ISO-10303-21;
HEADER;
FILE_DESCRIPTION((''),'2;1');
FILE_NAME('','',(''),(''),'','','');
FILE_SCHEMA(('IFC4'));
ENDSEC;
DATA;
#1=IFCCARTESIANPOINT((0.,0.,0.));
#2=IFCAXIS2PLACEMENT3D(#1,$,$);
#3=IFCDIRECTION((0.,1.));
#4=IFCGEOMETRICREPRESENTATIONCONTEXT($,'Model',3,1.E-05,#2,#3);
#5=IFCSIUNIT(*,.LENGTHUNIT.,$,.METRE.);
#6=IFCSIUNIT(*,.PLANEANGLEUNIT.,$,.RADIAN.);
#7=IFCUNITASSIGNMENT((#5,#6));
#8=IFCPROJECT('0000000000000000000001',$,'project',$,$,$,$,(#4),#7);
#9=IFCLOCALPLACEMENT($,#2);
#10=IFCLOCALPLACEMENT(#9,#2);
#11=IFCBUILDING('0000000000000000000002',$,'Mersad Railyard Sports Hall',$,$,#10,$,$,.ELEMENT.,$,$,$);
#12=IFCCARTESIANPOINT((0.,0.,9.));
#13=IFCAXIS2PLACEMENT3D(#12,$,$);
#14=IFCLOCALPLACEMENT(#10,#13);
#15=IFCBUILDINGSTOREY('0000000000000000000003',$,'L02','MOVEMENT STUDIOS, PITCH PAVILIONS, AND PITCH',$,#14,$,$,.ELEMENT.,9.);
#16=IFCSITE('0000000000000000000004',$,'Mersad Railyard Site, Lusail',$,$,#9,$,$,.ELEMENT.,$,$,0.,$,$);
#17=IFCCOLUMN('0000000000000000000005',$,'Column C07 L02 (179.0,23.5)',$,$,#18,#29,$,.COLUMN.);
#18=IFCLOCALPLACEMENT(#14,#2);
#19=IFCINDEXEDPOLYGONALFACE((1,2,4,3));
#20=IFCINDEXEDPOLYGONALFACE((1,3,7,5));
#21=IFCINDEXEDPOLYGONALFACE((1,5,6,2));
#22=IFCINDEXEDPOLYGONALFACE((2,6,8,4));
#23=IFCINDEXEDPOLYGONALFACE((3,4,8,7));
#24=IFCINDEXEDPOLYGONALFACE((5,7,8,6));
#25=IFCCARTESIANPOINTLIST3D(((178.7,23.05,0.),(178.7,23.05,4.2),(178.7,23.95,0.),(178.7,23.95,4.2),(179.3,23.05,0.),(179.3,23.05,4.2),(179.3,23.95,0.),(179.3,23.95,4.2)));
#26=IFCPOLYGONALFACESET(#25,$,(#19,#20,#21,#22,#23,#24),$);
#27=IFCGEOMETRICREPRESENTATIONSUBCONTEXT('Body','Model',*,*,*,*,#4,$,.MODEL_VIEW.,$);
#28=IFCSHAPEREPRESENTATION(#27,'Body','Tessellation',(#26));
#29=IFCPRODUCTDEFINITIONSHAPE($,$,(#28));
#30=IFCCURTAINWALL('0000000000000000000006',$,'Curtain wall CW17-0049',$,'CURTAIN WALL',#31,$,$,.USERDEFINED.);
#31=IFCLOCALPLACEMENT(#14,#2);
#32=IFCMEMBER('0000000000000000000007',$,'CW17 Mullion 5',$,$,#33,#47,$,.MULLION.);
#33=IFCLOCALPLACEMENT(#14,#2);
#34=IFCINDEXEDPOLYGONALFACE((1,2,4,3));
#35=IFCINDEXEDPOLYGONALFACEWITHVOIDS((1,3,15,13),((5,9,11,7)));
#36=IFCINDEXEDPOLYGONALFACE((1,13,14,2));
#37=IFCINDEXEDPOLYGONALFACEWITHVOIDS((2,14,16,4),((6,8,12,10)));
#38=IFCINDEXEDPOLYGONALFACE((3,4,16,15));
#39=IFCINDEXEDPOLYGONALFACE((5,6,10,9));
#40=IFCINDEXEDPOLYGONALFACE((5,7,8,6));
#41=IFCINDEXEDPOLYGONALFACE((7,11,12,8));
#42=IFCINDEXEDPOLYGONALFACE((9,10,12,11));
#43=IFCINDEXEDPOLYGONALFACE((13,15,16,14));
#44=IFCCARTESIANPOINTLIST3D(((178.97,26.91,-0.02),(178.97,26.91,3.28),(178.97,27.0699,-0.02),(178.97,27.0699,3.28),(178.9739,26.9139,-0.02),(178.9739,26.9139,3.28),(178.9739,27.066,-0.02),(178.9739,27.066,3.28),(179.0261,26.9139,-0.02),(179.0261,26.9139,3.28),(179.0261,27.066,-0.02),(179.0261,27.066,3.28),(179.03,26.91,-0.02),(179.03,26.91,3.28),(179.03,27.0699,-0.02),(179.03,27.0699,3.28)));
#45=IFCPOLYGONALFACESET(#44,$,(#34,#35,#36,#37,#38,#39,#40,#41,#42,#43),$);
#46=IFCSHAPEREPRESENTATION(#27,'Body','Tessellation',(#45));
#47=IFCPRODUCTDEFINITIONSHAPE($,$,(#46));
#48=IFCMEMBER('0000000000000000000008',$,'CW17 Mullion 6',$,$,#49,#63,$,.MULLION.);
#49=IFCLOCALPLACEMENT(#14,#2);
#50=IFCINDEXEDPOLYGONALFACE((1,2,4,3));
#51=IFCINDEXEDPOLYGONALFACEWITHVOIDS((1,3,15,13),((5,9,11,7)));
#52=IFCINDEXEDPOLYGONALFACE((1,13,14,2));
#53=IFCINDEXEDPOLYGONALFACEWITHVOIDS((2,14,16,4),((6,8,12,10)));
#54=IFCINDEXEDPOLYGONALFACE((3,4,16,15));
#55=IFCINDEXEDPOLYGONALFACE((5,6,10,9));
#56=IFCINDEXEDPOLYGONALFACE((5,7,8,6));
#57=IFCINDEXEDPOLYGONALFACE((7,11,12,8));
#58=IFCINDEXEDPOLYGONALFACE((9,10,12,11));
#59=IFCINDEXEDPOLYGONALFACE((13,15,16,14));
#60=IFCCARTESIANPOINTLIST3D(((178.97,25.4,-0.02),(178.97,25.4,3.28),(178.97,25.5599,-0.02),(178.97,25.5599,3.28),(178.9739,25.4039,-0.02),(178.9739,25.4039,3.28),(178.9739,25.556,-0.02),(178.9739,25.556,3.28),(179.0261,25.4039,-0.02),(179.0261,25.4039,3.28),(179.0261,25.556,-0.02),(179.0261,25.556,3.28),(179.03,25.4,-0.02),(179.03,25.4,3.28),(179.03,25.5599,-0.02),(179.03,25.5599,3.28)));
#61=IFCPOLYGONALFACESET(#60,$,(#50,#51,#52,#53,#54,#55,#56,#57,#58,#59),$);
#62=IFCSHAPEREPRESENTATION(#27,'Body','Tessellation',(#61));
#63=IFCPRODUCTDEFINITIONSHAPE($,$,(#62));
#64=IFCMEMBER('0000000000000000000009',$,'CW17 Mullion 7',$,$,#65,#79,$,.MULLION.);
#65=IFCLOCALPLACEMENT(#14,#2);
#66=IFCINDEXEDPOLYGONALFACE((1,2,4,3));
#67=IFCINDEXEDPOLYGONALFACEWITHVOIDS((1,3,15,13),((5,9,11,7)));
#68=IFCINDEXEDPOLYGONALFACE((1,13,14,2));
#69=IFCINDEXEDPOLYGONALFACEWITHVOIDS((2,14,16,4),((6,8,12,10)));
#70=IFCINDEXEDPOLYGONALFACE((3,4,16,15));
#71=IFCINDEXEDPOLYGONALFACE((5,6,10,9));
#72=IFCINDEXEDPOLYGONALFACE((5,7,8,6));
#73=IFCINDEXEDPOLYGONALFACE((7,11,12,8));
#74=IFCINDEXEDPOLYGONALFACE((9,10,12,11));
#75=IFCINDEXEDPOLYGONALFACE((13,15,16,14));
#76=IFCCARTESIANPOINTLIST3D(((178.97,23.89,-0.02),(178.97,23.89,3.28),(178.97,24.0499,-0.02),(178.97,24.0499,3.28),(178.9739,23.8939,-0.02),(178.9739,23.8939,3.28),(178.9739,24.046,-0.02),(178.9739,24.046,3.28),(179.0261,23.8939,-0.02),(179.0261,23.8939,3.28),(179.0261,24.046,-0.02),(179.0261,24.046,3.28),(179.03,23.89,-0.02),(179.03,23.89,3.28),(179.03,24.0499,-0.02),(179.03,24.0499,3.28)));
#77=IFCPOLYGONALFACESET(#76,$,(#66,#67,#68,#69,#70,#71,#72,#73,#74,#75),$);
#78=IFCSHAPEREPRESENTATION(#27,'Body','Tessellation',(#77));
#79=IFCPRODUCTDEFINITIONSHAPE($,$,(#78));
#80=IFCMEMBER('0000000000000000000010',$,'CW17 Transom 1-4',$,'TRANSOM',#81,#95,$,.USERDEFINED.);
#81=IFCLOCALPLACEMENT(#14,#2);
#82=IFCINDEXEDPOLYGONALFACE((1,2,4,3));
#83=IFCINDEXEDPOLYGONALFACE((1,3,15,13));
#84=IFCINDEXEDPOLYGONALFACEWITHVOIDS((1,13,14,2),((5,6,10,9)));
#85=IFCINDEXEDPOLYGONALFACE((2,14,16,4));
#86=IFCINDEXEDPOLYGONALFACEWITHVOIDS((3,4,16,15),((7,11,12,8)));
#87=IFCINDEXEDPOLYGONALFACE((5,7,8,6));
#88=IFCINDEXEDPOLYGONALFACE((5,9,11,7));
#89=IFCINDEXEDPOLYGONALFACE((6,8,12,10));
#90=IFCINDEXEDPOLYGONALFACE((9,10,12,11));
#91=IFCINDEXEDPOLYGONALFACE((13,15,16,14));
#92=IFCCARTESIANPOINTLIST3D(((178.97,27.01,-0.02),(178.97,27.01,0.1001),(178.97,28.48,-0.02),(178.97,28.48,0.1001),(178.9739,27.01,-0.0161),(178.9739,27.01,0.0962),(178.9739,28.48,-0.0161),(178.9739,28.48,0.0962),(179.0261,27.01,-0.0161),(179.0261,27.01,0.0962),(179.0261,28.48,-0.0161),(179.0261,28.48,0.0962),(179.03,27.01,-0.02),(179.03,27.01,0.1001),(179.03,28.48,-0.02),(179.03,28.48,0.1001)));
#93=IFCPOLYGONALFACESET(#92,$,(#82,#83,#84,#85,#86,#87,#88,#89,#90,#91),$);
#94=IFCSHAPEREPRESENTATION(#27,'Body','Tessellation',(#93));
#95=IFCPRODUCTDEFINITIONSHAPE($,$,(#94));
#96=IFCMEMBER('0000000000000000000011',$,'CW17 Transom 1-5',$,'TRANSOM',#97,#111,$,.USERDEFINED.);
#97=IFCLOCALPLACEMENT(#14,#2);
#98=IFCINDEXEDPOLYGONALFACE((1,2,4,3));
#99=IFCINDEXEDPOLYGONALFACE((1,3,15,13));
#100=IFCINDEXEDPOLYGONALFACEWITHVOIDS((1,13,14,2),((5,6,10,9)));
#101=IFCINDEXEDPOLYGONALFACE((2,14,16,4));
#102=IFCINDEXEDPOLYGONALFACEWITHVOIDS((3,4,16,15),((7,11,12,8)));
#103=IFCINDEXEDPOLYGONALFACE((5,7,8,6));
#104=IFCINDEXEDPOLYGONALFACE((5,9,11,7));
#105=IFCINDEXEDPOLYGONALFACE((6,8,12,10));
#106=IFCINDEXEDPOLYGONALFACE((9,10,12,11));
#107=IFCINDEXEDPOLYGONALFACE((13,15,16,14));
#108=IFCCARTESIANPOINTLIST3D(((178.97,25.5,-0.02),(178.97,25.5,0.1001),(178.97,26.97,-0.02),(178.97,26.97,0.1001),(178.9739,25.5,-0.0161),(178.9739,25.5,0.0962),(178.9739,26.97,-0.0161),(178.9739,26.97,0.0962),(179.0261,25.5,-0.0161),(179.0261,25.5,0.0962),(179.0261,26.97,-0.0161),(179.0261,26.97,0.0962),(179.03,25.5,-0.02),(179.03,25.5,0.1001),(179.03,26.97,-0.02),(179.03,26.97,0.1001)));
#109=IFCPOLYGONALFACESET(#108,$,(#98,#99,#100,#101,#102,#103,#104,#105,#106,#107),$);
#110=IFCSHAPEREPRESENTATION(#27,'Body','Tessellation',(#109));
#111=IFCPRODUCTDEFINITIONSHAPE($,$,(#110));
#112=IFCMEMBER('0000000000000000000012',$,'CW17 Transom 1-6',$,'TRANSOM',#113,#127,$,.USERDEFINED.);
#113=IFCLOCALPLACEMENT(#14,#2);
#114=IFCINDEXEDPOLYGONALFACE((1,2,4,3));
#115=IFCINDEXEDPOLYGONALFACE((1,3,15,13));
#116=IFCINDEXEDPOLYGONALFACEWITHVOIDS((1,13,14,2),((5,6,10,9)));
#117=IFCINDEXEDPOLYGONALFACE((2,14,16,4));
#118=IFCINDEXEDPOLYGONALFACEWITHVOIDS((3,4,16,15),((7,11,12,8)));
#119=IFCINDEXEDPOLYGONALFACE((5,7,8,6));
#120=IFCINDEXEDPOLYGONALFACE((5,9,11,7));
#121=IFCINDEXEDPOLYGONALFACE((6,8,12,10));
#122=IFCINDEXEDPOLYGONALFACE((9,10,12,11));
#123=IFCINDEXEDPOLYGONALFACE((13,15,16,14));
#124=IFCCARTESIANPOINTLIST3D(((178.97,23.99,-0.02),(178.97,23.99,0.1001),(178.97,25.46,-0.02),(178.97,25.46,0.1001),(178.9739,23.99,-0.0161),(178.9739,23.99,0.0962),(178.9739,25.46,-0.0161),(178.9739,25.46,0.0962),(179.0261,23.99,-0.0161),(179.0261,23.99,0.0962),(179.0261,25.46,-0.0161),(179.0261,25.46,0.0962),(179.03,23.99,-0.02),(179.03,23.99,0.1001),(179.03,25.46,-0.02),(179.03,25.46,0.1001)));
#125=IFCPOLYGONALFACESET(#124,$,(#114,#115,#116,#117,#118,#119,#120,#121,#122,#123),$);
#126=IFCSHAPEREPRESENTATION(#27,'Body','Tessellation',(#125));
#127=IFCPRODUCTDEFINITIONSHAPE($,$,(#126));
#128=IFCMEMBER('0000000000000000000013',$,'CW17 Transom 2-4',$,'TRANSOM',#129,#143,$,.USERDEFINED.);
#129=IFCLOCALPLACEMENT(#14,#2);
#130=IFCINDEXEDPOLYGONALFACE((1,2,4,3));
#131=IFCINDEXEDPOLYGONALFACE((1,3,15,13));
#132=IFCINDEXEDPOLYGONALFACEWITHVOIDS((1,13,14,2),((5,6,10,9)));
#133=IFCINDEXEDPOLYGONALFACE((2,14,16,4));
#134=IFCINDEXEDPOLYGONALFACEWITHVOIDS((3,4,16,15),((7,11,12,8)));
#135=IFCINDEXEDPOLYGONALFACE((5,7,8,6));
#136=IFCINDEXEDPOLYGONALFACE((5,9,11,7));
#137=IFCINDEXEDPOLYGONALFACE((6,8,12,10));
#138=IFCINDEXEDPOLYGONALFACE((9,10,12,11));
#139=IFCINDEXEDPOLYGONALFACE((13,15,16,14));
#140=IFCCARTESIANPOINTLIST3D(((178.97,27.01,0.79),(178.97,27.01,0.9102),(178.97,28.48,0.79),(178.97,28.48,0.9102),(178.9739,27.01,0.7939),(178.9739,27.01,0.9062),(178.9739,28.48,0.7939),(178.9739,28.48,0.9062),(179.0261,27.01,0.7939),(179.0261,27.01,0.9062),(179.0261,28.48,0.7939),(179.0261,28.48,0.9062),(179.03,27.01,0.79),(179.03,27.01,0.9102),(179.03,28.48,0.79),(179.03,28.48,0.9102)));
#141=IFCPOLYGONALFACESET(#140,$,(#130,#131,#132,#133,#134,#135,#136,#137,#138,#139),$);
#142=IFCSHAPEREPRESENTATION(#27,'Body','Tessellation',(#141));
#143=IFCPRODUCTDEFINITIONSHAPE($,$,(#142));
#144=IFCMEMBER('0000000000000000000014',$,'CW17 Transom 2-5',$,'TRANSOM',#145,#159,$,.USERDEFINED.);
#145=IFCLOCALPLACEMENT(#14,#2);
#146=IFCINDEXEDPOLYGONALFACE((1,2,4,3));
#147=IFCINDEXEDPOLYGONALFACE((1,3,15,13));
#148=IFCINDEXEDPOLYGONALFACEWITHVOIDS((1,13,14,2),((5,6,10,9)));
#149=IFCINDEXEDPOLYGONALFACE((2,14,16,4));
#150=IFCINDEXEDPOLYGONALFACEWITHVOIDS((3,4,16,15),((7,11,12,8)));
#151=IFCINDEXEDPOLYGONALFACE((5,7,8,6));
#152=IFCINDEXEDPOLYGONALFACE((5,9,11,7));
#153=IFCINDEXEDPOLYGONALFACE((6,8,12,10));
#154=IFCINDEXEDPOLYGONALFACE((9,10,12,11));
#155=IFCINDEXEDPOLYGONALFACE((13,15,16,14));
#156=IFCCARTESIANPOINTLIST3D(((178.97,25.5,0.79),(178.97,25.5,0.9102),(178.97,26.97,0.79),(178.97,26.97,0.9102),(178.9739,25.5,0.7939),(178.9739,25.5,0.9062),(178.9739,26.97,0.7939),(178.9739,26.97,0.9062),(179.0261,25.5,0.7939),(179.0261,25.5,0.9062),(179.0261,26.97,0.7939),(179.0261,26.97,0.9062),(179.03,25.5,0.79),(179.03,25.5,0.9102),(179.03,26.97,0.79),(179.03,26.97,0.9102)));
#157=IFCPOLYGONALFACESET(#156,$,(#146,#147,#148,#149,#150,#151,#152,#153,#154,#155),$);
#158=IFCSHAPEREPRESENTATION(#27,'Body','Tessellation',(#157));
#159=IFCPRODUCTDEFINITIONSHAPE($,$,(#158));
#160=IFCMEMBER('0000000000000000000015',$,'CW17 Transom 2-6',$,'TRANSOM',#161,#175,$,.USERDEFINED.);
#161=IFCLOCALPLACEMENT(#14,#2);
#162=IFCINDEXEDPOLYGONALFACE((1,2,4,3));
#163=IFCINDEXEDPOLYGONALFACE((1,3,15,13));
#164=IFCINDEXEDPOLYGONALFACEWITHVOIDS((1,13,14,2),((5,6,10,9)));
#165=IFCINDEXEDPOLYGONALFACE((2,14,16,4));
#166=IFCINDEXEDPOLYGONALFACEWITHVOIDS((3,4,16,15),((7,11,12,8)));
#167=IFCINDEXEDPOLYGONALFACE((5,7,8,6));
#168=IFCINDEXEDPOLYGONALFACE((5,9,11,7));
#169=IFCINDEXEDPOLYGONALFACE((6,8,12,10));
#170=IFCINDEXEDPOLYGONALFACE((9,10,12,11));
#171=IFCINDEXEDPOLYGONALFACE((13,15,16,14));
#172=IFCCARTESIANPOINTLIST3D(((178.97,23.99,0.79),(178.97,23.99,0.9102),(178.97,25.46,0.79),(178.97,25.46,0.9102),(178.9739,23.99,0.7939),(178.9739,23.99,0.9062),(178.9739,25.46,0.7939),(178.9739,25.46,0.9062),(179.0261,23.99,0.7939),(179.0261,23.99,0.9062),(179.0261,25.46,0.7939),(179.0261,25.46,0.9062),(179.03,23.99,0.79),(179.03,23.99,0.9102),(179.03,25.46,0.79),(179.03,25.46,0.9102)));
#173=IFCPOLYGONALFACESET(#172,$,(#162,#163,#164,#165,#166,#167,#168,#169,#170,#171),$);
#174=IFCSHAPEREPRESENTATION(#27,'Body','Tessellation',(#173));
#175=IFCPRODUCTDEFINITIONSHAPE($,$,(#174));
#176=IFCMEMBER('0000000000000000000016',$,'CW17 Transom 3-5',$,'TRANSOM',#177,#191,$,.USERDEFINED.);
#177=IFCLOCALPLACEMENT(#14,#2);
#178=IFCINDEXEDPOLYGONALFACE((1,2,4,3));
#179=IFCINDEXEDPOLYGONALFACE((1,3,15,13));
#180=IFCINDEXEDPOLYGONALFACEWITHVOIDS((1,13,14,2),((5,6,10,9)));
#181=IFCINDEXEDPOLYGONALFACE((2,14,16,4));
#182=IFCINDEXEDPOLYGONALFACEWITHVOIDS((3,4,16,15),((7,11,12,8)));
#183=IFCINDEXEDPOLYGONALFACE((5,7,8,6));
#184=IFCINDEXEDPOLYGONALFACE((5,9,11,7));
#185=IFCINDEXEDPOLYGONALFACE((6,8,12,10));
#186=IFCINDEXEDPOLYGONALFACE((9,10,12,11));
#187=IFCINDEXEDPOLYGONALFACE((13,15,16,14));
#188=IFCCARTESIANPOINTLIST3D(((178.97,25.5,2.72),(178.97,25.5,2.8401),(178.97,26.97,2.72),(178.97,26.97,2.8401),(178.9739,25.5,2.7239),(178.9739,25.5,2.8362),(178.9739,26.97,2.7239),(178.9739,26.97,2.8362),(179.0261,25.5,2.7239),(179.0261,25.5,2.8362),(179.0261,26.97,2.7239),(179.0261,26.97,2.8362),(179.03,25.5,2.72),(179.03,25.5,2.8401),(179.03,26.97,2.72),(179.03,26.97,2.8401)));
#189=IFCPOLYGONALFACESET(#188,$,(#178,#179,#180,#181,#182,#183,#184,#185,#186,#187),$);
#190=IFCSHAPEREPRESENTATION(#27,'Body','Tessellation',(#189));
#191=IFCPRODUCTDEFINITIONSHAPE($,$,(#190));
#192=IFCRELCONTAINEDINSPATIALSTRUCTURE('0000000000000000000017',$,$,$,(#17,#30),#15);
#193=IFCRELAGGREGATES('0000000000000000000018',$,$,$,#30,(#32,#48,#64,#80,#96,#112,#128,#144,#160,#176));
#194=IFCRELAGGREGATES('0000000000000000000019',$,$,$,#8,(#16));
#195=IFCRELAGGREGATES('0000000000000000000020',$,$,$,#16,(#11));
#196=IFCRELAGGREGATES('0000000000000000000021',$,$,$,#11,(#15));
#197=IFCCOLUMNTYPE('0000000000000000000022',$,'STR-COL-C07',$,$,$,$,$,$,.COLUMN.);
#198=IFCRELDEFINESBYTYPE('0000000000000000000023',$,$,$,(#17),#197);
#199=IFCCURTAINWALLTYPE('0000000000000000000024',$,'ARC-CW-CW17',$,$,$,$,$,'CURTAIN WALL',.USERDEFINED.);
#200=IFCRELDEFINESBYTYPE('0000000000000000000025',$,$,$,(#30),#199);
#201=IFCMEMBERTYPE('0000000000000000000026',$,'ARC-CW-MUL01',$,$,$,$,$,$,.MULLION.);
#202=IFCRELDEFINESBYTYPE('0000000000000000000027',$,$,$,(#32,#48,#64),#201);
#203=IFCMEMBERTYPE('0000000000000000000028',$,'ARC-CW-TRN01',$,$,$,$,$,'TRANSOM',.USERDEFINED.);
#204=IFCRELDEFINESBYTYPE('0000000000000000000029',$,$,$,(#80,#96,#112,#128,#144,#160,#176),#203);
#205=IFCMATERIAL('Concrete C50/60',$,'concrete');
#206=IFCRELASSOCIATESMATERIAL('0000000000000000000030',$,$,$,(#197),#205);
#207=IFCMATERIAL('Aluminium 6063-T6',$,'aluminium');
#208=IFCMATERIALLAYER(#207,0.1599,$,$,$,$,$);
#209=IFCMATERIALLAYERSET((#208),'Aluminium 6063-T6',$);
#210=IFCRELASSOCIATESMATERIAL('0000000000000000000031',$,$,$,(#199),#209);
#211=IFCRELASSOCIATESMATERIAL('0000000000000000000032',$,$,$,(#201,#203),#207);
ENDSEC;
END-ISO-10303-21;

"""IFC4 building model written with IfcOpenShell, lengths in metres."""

from ifc_helpers import new_model, si_unit, direction, frame, origin, origin_2d, place, context, subcontext, project, spatial, rectangle, hollow_rectangle, extrude, material, layer, layer_set, material_profile, profile_set, type_object, element, aggregate, save


model = new_model("IFC4")

# Units and contexts
model_context = context("Model", 3, precision=1e-05, world=origin(), true_north=direction((0.0, 1.0)))
body_context = subcontext(model_context, "Body", "Model", "MODEL_VIEW")
ifc_project = project(units=[si_unit("LENGTHUNIT", "METRE"), si_unit("PLANEANGLEUNIT", "RADIAN")], contexts=[model_context])

# Site, building, storey
site_placement = place(None, origin())
site = spatial("IfcSite", under=ifc_project, at=site_placement, Name="Mersad Railyard Site, Lusail", CompositionType="ELEMENT", RefElevation=0.0)
building_placement = place(site_placement, origin())
building = spatial("IfcBuilding", under=site, at=building_placement, Name="Mersad Railyard Sports Hall", CompositionType="ELEMENT")
storey_placement = place(building_placement, frame((0.0, 0.0, 9.0)))
storey = spatial("IfcBuildingStorey", under=building, at=storey_placement, Name="L02", Description="MOVEMENT STUDIOS, PITCH PAVILIONS, AND PITCH", CompositionType="ELEMENT", Elevation=9.0)

# Column
ifc_material_1 = material(Name="Concrete C50/60", Category="concrete")
ifc_material_profile_1 = material_profile(ifc_material_1, rectangle(XDim=0.6001, YDim=0.8999, at=origin_2d()), Name="RC 600x900")
ifc_profile_set_1 = profile_set([ifc_material_profile_1], Name="Concrete C50/60")
column_type = type_object("IfcColumnType", Name="STR-COL-C07", PredefinedType="COLUMN", material=ifc_profile_set_1)
column_placement = place(storey_placement, frame((179.0, 23.5, 0.0), z_axis=(0.0, 0.0, 1.0), x_axis=(1.0, 0.0, 0.0)))
element("IfcColumn", 1, at=column_placement, inside=storey, type_object=column_type, Name="Column C07 L02 (179.0,23.5)", PredefinedType="COLUMN", context=body_context, shape_type="SweptSolid", body=[
    extrude(rectangle(XDim=0.6001, YDim=0.8999, at=origin_2d()), origin(), (0.0, 0.0, 1.0), 4.2),
])

# Curtain wall, members
ifc_material_2 = material(Name="Aluminium 6063-T6", Category="aluminium")
ifc_layer_1 = layer(ifc_material_2, 0.1599)
ifc_layer_set_1 = layer_set([ifc_layer_1], Name="Aluminium 6063-T6")
curtain_wall_type = type_object("IfcCurtainWallType", Name="ARC-CW-CW17", ElementType="CURTAIN WALL", PredefinedType="USERDEFINED", material=ifc_layer_set_1)
curtain_wall_placement = place(storey_placement, origin())
curtain_wall = element("IfcCurtainWall", 2, at=curtain_wall_placement, inside=storey, type_object=curtain_wall_type, Name="Curtain wall CW17-0049", ObjectType="CURTAIN WALL", PredefinedType="USERDEFINED")
ifc_material_profile_2 = material_profile(ifc_material_2, hollow_rectangle(XDim=0.0601, YDim=0.1599, WallThickness=0.0039, at=origin_2d()), Name="AL MULLION 60x160x4")
ifc_profile_set_2 = profile_set([ifc_material_profile_2], Name="Aluminium 6063-T6")
member_type_1 = type_object("IfcMemberType", Name="ARC-CW-MUL01", PredefinedType="MULLION", material=ifc_profile_set_2)
member_1_placement = place(storey_placement, frame((179.0, 26.99, -0.02), z_axis=(0.0, 0.0, 1.0), x_axis=(1.0, 0.0, 0.0)))
member_1 = element("IfcMember", 3, at=member_1_placement, type_object=member_type_1, Name="CW17 Mullion 5", PredefinedType="MULLION", context=body_context, shape_type="SweptSolid", body=[
    extrude(hollow_rectangle(XDim=0.0601, YDim=0.1599, WallThickness=0.0039, at=origin_2d()), origin(), (0.0, 0.0, 1.0), 3.3),
])
member_2_placement = place(storey_placement, frame((179.0, 25.48, -0.02), z_axis=(0.0, 0.0, 1.0), x_axis=(1.0, 0.0, 0.0)))
member_2 = element("IfcMember", 4, at=member_2_placement, type_object=member_type_1, Name="CW17 Mullion 6", PredefinedType="MULLION", context=body_context, shape_type="SweptSolid", body=[
    extrude(hollow_rectangle(XDim=0.0601, YDim=0.1599, WallThickness=0.0039, at=origin_2d()), origin(), (0.0, 0.0, 1.0), 3.3),
])
member_3_placement = place(storey_placement, frame((179.0, 23.97, -0.02), z_axis=(0.0, 0.0, 1.0), x_axis=(1.0, 0.0, 0.0)))
member_3 = element("IfcMember", 5, at=member_3_placement, type_object=member_type_1, Name="CW17 Mullion 7", PredefinedType="MULLION", context=body_context, shape_type="SweptSolid", body=[
    extrude(hollow_rectangle(XDim=0.0601, YDim=0.1599, WallThickness=0.0039, at=origin_2d()), origin(), (0.0, 0.0, 1.0), 3.3),
])
ifc_material_profile_3 = material_profile(ifc_material_2, hollow_rectangle(XDim=0.0601, YDim=0.1201, WallThickness=0.0039, at=origin_2d()), Name="AL TRANSOM 60x120x4")
ifc_profile_set_3 = profile_set([ifc_material_profile_3], Name="Aluminium 6063-T6")
member_type_2 = type_object("IfcMemberType", Name="ARC-CW-TRN01", ElementType="TRANSOM", PredefinedType="USERDEFINED", material=ifc_profile_set_3)
member_4_placement = place(storey_placement, frame((179.0, 28.48, 0.04), z_axis=(0.0, -1.0, 0.0), x_axis=(1.0, 0.0, 0.0)))
member_4 = element("IfcMember", 6, at=member_4_placement, type_object=member_type_2, Name="CW17 Transom 1-4", ObjectType="TRANSOM", PredefinedType="USERDEFINED", context=body_context, shape_type="SweptSolid", body=[
    extrude(hollow_rectangle(XDim=0.0601, YDim=0.1201, WallThickness=0.0039, at=origin_2d()), origin(), (0.0, 0.0, 1.0), 1.47),
])
member_5_placement = place(storey_placement, frame((179.0, 26.97, 0.04), z_axis=(0.0, -1.0, 0.0), x_axis=(1.0, 0.0, 0.0)))
member_5 = element("IfcMember", 7, at=member_5_placement, type_object=member_type_2, Name="CW17 Transom 1-5", ObjectType="TRANSOM", PredefinedType="USERDEFINED", context=body_context, shape_type="SweptSolid", body=[
    extrude(hollow_rectangle(XDim=0.0601, YDim=0.1201, WallThickness=0.0039, at=origin_2d()), origin(), (0.0, 0.0, 1.0), 1.47),
])
member_6_placement = place(storey_placement, frame((179.0, 25.46, 0.04), z_axis=(0.0, -1.0, 0.0), x_axis=(1.0, 0.0, 0.0)))
member_6 = element("IfcMember", 8, at=member_6_placement, type_object=member_type_2, Name="CW17 Transom 1-6", ObjectType="TRANSOM", PredefinedType="USERDEFINED", context=body_context, shape_type="SweptSolid", body=[
    extrude(hollow_rectangle(XDim=0.0601, YDim=0.1201, WallThickness=0.0039, at=origin_2d()), origin(), (0.0, 0.0, 1.0), 1.47),
])
member_7_placement = place(storey_placement, frame((179.0, 28.48, 0.8501), z_axis=(0.0, -1.0, 0.0), x_axis=(1.0, 0.0, 0.0)))
member_7 = element("IfcMember", 9, at=member_7_placement, type_object=member_type_2, Name="CW17 Transom 2-4", ObjectType="TRANSOM", PredefinedType="USERDEFINED", context=body_context, shape_type="SweptSolid", body=[
    extrude(hollow_rectangle(XDim=0.0601, YDim=0.1201, WallThickness=0.0039, at=origin_2d()), origin(), (0.0, 0.0, 1.0), 1.47),
])
member_8_placement = place(storey_placement, frame((179.0, 26.97, 0.8501), z_axis=(0.0, -1.0, 0.0), x_axis=(1.0, 0.0, 0.0)))
member_8 = element("IfcMember", 10, at=member_8_placement, type_object=member_type_2, Name="CW17 Transom 2-5", ObjectType="TRANSOM", PredefinedType="USERDEFINED", context=body_context, shape_type="SweptSolid", body=[
    extrude(hollow_rectangle(XDim=0.0601, YDim=0.1201, WallThickness=0.0039, at=origin_2d()), origin(), (0.0, 0.0, 1.0), 1.47),
])
member_9_placement = place(storey_placement, frame((179.0, 25.46, 0.8501), z_axis=(0.0, -1.0, 0.0), x_axis=(1.0, 0.0, 0.0)))
member_9 = element("IfcMember", 11, at=member_9_placement, type_object=member_type_2, Name="CW17 Transom 2-6", ObjectType="TRANSOM", PredefinedType="USERDEFINED", context=body_context, shape_type="SweptSolid", body=[
    extrude(hollow_rectangle(XDim=0.0601, YDim=0.1201, WallThickness=0.0039, at=origin_2d()), origin(), (0.0, 0.0, 1.0), 1.47),
])
member_10_placement = place(storey_placement, frame((179.0, 26.97, 2.78), z_axis=(0.0, -1.0, 0.0), x_axis=(1.0, 0.0, 0.0)))
member_10 = element("IfcMember", 12, at=member_10_placement, type_object=member_type_2, Name="CW17 Transom 3-5", ObjectType="TRANSOM", PredefinedType="USERDEFINED", context=body_context, shape_type="SweptSolid", body=[
    extrude(hollow_rectangle(XDim=0.0601, YDim=0.1201, WallThickness=0.0039, at=origin_2d()), origin(), (0.0, 0.0, 1.0), 1.47),
])
aggregate(curtain_wall, [member_1, member_2, member_3, member_4, member_5, member_6, member_7, member_8, member_9, member_10])

save(model, "model.ifc")
